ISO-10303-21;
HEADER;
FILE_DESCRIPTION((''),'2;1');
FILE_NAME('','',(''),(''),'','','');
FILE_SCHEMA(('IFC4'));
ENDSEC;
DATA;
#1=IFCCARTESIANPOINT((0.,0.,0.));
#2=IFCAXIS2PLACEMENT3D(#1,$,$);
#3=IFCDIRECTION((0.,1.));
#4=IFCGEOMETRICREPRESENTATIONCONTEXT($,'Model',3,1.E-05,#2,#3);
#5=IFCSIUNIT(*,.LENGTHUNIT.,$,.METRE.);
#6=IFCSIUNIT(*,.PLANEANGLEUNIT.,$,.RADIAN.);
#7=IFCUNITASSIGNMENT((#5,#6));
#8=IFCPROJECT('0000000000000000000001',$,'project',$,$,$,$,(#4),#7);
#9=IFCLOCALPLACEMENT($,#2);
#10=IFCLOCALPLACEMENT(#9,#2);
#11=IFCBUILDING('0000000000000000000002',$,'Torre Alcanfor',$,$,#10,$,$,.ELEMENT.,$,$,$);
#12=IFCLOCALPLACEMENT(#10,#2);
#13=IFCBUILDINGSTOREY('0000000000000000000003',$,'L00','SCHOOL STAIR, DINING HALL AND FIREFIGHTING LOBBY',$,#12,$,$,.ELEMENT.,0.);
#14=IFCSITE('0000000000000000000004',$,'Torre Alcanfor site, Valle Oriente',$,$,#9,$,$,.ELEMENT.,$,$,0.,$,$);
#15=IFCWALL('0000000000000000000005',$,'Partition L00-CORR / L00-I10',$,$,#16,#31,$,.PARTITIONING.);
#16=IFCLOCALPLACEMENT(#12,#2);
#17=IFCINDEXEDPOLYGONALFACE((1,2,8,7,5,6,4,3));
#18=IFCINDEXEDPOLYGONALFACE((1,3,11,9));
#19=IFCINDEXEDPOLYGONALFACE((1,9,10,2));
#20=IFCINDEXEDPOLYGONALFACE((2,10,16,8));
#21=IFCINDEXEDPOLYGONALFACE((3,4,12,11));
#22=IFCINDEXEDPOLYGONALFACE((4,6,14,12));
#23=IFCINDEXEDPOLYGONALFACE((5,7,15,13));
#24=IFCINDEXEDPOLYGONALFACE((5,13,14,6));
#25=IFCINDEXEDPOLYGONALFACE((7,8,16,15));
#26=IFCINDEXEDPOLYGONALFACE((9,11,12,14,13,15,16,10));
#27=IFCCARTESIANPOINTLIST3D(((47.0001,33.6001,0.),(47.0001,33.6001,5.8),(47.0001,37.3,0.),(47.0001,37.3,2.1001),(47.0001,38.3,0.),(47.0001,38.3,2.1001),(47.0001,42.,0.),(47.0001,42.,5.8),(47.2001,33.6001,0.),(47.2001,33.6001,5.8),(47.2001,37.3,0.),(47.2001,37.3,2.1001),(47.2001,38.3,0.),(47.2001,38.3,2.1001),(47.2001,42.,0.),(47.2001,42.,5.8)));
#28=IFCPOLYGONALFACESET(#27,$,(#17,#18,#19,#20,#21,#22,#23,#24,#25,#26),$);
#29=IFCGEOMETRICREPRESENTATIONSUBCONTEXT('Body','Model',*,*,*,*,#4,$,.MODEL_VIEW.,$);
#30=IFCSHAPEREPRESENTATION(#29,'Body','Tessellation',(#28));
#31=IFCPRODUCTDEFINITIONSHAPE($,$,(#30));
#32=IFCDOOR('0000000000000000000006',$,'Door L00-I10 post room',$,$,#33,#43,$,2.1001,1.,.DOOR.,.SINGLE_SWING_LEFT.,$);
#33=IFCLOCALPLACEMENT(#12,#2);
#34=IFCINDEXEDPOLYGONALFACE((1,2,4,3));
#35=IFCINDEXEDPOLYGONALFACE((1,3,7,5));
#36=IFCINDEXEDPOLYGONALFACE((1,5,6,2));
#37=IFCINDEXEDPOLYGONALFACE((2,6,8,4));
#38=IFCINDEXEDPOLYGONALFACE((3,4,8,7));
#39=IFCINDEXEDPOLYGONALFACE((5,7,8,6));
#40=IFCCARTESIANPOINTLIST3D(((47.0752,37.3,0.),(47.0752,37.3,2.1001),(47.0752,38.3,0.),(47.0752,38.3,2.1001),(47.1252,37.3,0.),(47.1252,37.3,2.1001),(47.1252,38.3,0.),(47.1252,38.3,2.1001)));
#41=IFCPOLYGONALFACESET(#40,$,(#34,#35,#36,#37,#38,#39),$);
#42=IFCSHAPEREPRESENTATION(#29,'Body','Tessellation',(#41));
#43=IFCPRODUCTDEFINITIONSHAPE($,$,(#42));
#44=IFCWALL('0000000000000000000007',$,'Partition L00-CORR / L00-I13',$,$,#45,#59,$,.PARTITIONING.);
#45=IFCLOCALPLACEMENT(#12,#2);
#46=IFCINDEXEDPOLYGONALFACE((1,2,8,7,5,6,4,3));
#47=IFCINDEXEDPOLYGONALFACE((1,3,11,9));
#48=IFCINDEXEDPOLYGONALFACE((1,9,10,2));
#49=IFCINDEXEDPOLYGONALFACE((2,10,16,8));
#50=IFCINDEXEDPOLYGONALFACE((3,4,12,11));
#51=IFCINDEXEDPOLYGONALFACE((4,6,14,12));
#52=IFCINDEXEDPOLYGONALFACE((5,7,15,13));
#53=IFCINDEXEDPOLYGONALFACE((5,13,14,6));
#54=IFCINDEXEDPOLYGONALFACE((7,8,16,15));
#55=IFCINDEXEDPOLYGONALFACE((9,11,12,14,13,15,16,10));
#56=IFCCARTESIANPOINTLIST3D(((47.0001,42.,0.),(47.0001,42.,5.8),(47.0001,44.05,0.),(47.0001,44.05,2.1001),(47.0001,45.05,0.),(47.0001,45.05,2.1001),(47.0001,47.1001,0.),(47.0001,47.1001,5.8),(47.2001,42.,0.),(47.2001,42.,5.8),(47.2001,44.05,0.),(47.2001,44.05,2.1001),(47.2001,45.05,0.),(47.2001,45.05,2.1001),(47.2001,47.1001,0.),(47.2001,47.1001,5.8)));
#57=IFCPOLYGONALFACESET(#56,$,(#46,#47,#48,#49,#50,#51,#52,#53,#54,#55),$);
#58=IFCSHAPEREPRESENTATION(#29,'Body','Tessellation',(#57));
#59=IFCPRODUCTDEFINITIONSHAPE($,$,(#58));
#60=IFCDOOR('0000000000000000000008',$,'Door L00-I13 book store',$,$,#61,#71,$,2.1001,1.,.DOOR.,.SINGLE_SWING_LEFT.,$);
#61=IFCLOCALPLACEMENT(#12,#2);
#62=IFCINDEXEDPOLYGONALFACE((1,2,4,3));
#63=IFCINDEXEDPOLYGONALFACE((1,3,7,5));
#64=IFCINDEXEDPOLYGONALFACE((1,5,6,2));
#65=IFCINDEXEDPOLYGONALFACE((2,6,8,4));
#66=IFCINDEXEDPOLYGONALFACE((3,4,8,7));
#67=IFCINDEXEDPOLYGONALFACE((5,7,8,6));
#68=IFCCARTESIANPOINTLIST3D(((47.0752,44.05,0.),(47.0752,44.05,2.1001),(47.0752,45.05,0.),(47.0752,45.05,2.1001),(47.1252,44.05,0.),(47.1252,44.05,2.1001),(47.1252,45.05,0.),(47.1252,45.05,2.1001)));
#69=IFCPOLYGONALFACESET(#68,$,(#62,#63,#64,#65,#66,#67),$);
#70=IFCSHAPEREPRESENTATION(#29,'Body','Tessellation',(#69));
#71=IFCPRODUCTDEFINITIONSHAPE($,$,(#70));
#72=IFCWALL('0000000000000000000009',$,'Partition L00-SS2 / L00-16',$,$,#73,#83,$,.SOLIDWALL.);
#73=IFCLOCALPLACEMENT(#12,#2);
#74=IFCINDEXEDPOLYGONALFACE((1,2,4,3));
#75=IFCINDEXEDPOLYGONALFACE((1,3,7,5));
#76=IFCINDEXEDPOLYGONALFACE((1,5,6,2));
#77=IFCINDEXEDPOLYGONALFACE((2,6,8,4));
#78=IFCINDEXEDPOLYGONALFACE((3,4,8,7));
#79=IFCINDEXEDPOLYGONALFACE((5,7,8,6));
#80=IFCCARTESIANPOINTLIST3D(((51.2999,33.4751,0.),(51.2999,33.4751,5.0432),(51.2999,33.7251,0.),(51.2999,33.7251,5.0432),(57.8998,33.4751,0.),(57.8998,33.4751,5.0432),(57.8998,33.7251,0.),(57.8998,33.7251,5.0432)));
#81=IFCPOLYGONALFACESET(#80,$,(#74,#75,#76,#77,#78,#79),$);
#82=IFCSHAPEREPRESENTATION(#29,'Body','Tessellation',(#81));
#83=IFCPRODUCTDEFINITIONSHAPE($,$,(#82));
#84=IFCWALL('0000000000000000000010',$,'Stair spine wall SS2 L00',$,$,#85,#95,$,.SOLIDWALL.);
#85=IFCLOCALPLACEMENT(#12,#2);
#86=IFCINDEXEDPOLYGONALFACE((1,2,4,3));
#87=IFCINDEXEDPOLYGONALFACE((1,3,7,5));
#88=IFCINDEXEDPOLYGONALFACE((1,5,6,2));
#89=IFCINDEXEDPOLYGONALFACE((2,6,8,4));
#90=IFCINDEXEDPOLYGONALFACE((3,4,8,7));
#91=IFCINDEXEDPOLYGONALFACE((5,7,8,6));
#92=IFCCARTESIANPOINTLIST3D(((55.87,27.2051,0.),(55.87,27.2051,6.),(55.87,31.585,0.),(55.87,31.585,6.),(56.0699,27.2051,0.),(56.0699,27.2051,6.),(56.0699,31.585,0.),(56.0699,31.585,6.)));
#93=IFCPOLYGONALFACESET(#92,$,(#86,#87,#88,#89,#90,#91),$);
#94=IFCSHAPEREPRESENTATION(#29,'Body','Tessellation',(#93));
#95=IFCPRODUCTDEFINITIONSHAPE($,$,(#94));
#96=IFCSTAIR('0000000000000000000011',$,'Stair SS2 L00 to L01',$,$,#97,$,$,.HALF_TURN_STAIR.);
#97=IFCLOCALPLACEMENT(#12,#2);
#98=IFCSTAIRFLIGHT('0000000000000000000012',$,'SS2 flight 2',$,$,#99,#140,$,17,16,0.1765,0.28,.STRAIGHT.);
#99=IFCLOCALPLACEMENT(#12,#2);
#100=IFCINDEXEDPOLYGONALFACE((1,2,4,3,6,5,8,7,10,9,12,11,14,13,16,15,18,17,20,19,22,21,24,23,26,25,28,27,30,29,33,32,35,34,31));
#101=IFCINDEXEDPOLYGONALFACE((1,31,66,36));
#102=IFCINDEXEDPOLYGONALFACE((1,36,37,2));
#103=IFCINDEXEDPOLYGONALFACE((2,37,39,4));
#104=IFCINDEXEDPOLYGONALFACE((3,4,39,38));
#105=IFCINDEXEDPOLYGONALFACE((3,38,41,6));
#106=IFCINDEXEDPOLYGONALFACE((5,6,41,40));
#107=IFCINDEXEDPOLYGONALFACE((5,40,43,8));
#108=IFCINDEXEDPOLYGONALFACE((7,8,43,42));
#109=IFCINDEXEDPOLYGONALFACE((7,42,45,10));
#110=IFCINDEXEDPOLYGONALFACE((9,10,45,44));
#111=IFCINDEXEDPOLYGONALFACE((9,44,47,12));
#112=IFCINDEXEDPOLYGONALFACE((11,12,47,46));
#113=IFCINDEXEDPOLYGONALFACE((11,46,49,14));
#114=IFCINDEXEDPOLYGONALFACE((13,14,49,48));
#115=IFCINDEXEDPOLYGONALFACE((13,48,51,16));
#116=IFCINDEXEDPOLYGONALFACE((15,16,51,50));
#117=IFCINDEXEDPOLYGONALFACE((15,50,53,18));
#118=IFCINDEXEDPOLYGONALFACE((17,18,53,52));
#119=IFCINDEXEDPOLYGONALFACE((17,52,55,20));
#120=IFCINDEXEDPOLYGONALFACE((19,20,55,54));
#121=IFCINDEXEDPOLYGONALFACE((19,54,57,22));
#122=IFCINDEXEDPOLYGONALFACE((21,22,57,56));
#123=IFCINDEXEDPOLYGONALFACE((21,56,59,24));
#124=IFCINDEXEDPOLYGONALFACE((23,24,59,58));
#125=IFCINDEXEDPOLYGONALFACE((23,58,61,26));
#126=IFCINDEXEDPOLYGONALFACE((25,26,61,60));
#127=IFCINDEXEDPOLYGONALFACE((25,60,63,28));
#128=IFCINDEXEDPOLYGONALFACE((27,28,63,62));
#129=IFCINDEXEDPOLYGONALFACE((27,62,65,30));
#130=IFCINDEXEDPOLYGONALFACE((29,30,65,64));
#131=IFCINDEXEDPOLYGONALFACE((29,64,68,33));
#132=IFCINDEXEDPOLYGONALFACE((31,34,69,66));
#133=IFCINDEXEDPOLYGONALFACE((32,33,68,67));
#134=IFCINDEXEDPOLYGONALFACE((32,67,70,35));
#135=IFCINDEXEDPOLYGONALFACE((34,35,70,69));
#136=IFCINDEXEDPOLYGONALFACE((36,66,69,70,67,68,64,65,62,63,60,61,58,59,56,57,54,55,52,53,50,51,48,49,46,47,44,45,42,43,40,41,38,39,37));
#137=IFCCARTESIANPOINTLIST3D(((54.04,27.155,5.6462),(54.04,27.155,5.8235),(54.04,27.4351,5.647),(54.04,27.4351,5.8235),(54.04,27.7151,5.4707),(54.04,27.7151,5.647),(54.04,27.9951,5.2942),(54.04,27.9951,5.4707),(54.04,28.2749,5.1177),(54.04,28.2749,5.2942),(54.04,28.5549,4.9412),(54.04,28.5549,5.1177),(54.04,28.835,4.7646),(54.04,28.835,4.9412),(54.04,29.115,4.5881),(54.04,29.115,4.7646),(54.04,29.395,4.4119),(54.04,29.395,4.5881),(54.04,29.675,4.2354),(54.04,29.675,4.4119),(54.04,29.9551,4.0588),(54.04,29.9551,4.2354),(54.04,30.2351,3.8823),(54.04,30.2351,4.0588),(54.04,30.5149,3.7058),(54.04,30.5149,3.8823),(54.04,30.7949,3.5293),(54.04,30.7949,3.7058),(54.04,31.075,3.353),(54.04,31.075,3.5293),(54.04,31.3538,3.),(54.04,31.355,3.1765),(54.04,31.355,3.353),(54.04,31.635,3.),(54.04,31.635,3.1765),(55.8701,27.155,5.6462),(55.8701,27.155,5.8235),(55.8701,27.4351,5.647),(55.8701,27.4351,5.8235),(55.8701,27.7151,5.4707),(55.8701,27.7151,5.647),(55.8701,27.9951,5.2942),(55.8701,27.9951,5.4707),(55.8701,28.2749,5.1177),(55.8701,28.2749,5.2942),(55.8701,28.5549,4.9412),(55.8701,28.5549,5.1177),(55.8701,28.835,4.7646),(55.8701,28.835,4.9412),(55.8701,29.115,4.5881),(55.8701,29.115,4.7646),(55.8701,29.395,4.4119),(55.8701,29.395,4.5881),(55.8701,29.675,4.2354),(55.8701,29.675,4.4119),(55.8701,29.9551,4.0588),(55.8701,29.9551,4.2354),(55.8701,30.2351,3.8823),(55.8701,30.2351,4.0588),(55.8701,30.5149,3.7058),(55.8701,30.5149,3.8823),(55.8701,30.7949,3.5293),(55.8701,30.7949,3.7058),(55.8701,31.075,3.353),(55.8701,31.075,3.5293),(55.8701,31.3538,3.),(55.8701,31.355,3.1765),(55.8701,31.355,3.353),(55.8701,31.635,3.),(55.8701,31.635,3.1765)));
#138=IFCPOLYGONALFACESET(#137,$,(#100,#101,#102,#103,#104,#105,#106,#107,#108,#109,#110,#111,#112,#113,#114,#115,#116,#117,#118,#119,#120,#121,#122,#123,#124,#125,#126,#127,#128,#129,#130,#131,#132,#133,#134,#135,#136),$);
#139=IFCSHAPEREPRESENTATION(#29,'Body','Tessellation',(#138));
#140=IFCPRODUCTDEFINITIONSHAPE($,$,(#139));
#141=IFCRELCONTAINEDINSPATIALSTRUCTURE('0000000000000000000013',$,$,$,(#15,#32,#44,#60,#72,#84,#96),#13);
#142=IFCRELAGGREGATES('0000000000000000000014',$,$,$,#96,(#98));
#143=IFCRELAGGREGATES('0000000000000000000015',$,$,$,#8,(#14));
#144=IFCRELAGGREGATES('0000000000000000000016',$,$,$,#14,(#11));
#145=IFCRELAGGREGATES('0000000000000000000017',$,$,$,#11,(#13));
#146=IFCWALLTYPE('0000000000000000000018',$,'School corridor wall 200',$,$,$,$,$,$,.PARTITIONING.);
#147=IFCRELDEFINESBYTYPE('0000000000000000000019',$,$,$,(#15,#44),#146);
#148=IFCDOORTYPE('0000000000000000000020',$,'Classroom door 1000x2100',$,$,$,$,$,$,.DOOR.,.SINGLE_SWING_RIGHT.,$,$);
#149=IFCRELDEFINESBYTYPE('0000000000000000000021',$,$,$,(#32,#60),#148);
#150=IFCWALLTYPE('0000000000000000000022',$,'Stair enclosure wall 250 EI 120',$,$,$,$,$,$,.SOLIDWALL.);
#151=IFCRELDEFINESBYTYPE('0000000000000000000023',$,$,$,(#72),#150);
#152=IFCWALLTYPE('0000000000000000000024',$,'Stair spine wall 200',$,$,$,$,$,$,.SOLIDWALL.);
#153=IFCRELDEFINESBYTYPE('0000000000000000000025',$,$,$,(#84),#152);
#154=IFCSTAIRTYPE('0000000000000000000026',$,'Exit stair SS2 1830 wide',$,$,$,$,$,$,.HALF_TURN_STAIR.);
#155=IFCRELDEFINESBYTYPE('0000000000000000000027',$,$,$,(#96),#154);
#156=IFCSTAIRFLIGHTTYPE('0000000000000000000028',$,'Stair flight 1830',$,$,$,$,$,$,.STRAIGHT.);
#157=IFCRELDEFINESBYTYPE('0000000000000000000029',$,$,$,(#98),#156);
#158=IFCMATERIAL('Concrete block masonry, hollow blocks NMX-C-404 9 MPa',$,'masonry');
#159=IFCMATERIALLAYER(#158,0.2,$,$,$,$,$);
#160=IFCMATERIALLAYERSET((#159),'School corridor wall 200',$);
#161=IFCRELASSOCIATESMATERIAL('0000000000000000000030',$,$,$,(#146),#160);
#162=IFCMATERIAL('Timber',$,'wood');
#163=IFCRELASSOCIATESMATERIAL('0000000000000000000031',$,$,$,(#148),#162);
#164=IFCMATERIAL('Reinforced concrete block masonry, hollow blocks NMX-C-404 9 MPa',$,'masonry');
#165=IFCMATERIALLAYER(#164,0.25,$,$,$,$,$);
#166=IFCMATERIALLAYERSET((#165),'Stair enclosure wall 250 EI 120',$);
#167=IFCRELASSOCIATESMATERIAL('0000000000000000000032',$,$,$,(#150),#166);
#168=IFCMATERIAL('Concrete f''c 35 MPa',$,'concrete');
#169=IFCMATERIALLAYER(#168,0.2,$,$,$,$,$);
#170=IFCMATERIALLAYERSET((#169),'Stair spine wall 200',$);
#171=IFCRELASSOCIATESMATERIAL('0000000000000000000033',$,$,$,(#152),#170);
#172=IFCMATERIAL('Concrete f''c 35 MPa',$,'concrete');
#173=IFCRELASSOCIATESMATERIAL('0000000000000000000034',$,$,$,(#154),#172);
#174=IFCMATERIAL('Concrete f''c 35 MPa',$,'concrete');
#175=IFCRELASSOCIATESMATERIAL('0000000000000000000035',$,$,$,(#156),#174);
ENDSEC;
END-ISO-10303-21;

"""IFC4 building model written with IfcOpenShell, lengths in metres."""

from ifc_helpers import new_model, si_unit, direction, frame, frame_2d, origin, place, context, subcontext, project, spatial, polyline, rectangle, outline, extrude, material, layer, layer_set, type_object, element, fill, aggregate, save


model = new_model("IFC4")

# Units and contexts
model_context = context("Model", 3, precision=1e-05, world=origin(), true_north=direction((0.0, 1.0)))
body_context = subcontext(model_context, "Body", "Model", "MODEL_VIEW")
ifc_project = project(units=[si_unit("LENGTHUNIT", "METRE"), si_unit("PLANEANGLEUNIT", "RADIAN")], contexts=[model_context])

# Site, building, storey
site_placement = place(None, origin())
site = spatial("IfcSite", under=ifc_project, at=site_placement, Name="Torre Alcanfor site, Valle Oriente", CompositionType="ELEMENT", RefElevation=0.0)
building_placement = place(site_placement, origin())
building = spatial("IfcBuilding", under=site, at=building_placement, Name="Torre Alcanfor", CompositionType="ELEMENT")
storey_placement = place(building_placement, origin())
storey = spatial("IfcBuildingStorey", under=building, at=storey_placement, Name="L00", Description="SCHOOL STAIR, DINING HALL AND FIREFIGHTING LOBBY", CompositionType="ELEMENT", Elevation=0.0)

# Walls, openings, doors
ifc_material_1 = material(Name="Concrete block masonry, hollow blocks NMX-C-404 9 MPa", Category="masonry")
ifc_layer_1 = layer(ifc_material_1, 0.2)
ifc_layer_set_1 = layer_set([ifc_layer_1], Name="School corridor wall 200")
wall_type_1 = type_object("IfcWallType", Name="School corridor wall 200", PredefinedType="PARTITIONING", material=ifc_layer_set_1)
ifc_material_2 = material(Name="Timber", Category="wood")
door_type = type_object("IfcDoorType", Name="Classroom door 1000x2100", OperationType="SINGLE_SWING_RIGHT", PredefinedType="DOOR", material=ifc_material_2)
wall_1_placement = place(storey_placement, frame((47.1001, 33.6001, 0.0), z_axis=(0.0, 0.0, 1.0), x_axis=(0.0, 1.0, 0.0)))
wall_1 = element("IfcWall", 1, at=wall_1_placement, inside=storey, type_object=wall_type_1, Name="Partition L00-CORR / L00-I10", PredefinedType="PARTITIONING", context=body_context, shape_type="SweptSolid", body=[
    extrude(rectangle(XDim=8.3999, YDim=0.2, at=frame_2d((4.2, 0.0))), origin(), (0.0, 0.0, 1.0), 5.8),
])
opening_1_placement = place(wall_1_placement, frame((3.7, 0.0, 0.0)))
opening_1 = element("IfcOpeningElement", 2, at=opening_1_placement, cuts=wall_1, PredefinedType="OPENING", context=body_context, shape_type="SweptSolid", body=[
    extrude(rectangle(XDim=1.0, YDim=2.1001, at=frame_2d((0.5, 1.05))), frame((0.0, 0.1099, 0.0), z_axis=(0.0, -1.0, 0.0), x_axis=(1.0, 0.0, 0.0)), (0.0, 0.0, 1.0), 0.22),
])
door_1_placement = place(opening_1_placement, origin())
door_1 = element("IfcDoor", 3, at=door_1_placement, inside=storey, type_object=door_type, Name="Door L00-I10 post room", OperationType="SINGLE_SWING_LEFT", OverallHeight=2.1001, OverallWidth=1.0, PredefinedType="DOOR", context=body_context, shape_type="SweptSolid", body=[
    extrude(rectangle(XDim=1.0, YDim=2.1001, at=frame_2d((0.5, 1.05))), frame((0.0, 0.0249, 0.0), z_axis=(0.0, -1.0, 0.0), x_axis=(1.0, 0.0, 0.0)), (0.0, 0.0, 1.0), 0.05),
])
fill(opening_1, door_1)
wall_2_placement = place(storey_placement, frame((47.1001, 42.0, 0.0), z_axis=(0.0, 0.0, 1.0), x_axis=(0.0, 1.0, 0.0)))
wall_2 = element("IfcWall", 4, at=wall_2_placement, inside=storey, type_object=wall_type_1, Name="Partition L00-CORR / L00-I13", PredefinedType="PARTITIONING", context=body_context, shape_type="SweptSolid", body=[
    extrude(rectangle(XDim=5.1001, YDim=0.2, at=frame_2d((2.55, 0.0))), origin(), (0.0, 0.0, 1.0), 5.8),
])
opening_2_placement = place(wall_2_placement, frame((2.05, 0.0, 0.0)))
opening_2 = element("IfcOpeningElement", 5, at=opening_2_placement, cuts=wall_2, PredefinedType="OPENING", context=body_context, shape_type="SweptSolid", body=[
    extrude(rectangle(XDim=1.0, YDim=2.1001, at=frame_2d((0.5, 1.05))), frame((0.0, 0.1099, 0.0), z_axis=(0.0, -1.0, 0.0), x_axis=(1.0, 0.0, 0.0)), (0.0, 0.0, 1.0), 0.22),
])
door_2_placement = place(opening_2_placement, origin())
door_2 = element("IfcDoor", 6, at=door_2_placement, inside=storey, type_object=door_type, Name="Door L00-I13 book store", OperationType="SINGLE_SWING_LEFT", OverallHeight=2.1001, OverallWidth=1.0, PredefinedType="DOOR", context=body_context, shape_type="SweptSolid", body=[
    extrude(rectangle(XDim=1.0, YDim=2.1001, at=frame_2d((0.5, 1.05))), frame((0.0, 0.0249, 0.0), z_axis=(0.0, -1.0, 0.0), x_axis=(1.0, 0.0, 0.0)), (0.0, 0.0, 1.0), 0.05),
])
fill(opening_2, door_2)

# Walls
ifc_material_3 = material(Name="Reinforced concrete block masonry, hollow blocks NMX-C-404 9 MPa", Category="masonry")
ifc_layer_2 = layer(ifc_material_3, 0.25)
ifc_layer_set_2 = layer_set([ifc_layer_2], Name="Stair enclosure wall 250 EI 120")
wall_type_2 = type_object("IfcWallType", Name="Stair enclosure wall 250 EI 120", PredefinedType="SOLIDWALL", material=ifc_layer_set_2)
wall_3_placement = place(storey_placement, frame((51.3, 33.6001, 0.0), z_axis=(0.0, 0.0, 1.0), x_axis=(1.0, 0.0, 0.0)))
element("IfcWall", 7, at=wall_3_placement, inside=storey, type_object=wall_type_2, Name="Partition L00-SS2 / L00-16", PredefinedType="SOLIDWALL", context=body_context, shape_type="SweptSolid", body=[
    extrude(rectangle(XDim=6.5999, YDim=0.25, at=frame_2d((3.2998, 0.0))), origin(), (0.0, 0.0, 1.0), 5.0432),
])
ifc_material_4 = material(Name="Concrete f'c 35 MPa", Category="concrete")
ifc_layer_3 = layer(ifc_material_4, 0.2)
ifc_layer_set_3 = layer_set([ifc_layer_3], Name="Stair spine wall 200")
wall_type_3 = type_object("IfcWallType", Name="Stair spine wall 200", PredefinedType="SOLIDWALL", material=ifc_layer_set_3)
wall_4_placement = place(storey_placement, frame((55.97, 27.2051, 0.0), z_axis=(0.0, 0.0, 1.0), x_axis=(0.0, 1.0, 0.0)))
element("IfcWall", 8, at=wall_4_placement, inside=storey, type_object=wall_type_3, Name="Stair spine wall SS2 L00", PredefinedType="SOLIDWALL", context=body_context, shape_type="SweptSolid", body=[
    extrude(rectangle(XDim=4.3799, YDim=0.2, at=frame_2d((2.1899, 0.0))), origin(), (0.0, 0.0, 1.0), 6.0),
])

# Stair, stair flight
ifc_material_5 = material(Name="Concrete f'c 35 MPa", Category="concrete")
stair_type = type_object("IfcStairType", Name="Exit stair SS2 1830 wide", PredefinedType="HALF_TURN_STAIR", material=ifc_material_5)
stair_placement = place(storey_placement, origin())
stair = element("IfcStair", 9, at=stair_placement, inside=storey, type_object=stair_type, Name="Stair SS2 L00 to L01", PredefinedType="HALF_TURN_STAIR")
ifc_material_6 = material(Name="Concrete f'c 35 MPa", Category="concrete")
stair_flight_type = type_object("IfcStairFlightType", Name="Stair flight 1830", PredefinedType="STRAIGHT", material=ifc_material_6)
stair_flight_placement = place(storey_placement, frame((54.9551, 31.635, 3.0), z_axis=(0.0, 0.0, 1.0), x_axis=(0.0, -1.0, 0.0)))
stair_flight = element("IfcStairFlight", 10, at=stair_flight_placement, type_object=stair_flight_type, Name="SS2 flight 2", NumberOfRisers=17, NumberOfTreads=16, PredefinedType="STRAIGHT", RiserHeight=0.1765, TreadLength=0.28, context=body_context, shape_type="SweptSolid", body=[
    extrude(outline(polyline([(0.0, 0.0), (0.0, 0.1765), (0.28, 0.1765), (0.28, 0.353), (0.5601, 0.353), (0.5601, 0.5293), (0.8401, 0.5293), (0.8401, 0.7058), (1.1201, 0.7058), (1.1201, 0.8823), (1.3999, 0.8823), (1.3999, 1.0588), (1.6799, 1.0588), (1.6799, 1.2354), (1.96, 1.2354), (1.96, 1.4119), (2.24, 1.4119), (2.24, 1.5881), (2.52, 1.5881), (2.52, 1.7646), (2.8, 1.7646), (2.8, 1.9412), (3.0801, 1.9412), (3.0801, 2.1177), (3.3601, 2.1177), (3.3601, 2.2942), (3.6399, 2.2942), (3.6399, 2.4707), (3.9199, 2.4707), (3.9199, 2.647), (4.2, 2.647), (4.2, 2.8235), (4.48, 2.8235), (4.48, 3.0), (4.48, 2.6462), (0.2812, 0.0), (0.0, 0.0)])), frame((0.0, 0.915, 0.0), z_axis=(0.0, -1.0, 0.0), x_axis=(1.0, 0.0, 0.0)), (0.0, 0.0, 1.0), 1.8301),
])
aggregate(stair, [stair_flight])

save(model, "model.ifc")
